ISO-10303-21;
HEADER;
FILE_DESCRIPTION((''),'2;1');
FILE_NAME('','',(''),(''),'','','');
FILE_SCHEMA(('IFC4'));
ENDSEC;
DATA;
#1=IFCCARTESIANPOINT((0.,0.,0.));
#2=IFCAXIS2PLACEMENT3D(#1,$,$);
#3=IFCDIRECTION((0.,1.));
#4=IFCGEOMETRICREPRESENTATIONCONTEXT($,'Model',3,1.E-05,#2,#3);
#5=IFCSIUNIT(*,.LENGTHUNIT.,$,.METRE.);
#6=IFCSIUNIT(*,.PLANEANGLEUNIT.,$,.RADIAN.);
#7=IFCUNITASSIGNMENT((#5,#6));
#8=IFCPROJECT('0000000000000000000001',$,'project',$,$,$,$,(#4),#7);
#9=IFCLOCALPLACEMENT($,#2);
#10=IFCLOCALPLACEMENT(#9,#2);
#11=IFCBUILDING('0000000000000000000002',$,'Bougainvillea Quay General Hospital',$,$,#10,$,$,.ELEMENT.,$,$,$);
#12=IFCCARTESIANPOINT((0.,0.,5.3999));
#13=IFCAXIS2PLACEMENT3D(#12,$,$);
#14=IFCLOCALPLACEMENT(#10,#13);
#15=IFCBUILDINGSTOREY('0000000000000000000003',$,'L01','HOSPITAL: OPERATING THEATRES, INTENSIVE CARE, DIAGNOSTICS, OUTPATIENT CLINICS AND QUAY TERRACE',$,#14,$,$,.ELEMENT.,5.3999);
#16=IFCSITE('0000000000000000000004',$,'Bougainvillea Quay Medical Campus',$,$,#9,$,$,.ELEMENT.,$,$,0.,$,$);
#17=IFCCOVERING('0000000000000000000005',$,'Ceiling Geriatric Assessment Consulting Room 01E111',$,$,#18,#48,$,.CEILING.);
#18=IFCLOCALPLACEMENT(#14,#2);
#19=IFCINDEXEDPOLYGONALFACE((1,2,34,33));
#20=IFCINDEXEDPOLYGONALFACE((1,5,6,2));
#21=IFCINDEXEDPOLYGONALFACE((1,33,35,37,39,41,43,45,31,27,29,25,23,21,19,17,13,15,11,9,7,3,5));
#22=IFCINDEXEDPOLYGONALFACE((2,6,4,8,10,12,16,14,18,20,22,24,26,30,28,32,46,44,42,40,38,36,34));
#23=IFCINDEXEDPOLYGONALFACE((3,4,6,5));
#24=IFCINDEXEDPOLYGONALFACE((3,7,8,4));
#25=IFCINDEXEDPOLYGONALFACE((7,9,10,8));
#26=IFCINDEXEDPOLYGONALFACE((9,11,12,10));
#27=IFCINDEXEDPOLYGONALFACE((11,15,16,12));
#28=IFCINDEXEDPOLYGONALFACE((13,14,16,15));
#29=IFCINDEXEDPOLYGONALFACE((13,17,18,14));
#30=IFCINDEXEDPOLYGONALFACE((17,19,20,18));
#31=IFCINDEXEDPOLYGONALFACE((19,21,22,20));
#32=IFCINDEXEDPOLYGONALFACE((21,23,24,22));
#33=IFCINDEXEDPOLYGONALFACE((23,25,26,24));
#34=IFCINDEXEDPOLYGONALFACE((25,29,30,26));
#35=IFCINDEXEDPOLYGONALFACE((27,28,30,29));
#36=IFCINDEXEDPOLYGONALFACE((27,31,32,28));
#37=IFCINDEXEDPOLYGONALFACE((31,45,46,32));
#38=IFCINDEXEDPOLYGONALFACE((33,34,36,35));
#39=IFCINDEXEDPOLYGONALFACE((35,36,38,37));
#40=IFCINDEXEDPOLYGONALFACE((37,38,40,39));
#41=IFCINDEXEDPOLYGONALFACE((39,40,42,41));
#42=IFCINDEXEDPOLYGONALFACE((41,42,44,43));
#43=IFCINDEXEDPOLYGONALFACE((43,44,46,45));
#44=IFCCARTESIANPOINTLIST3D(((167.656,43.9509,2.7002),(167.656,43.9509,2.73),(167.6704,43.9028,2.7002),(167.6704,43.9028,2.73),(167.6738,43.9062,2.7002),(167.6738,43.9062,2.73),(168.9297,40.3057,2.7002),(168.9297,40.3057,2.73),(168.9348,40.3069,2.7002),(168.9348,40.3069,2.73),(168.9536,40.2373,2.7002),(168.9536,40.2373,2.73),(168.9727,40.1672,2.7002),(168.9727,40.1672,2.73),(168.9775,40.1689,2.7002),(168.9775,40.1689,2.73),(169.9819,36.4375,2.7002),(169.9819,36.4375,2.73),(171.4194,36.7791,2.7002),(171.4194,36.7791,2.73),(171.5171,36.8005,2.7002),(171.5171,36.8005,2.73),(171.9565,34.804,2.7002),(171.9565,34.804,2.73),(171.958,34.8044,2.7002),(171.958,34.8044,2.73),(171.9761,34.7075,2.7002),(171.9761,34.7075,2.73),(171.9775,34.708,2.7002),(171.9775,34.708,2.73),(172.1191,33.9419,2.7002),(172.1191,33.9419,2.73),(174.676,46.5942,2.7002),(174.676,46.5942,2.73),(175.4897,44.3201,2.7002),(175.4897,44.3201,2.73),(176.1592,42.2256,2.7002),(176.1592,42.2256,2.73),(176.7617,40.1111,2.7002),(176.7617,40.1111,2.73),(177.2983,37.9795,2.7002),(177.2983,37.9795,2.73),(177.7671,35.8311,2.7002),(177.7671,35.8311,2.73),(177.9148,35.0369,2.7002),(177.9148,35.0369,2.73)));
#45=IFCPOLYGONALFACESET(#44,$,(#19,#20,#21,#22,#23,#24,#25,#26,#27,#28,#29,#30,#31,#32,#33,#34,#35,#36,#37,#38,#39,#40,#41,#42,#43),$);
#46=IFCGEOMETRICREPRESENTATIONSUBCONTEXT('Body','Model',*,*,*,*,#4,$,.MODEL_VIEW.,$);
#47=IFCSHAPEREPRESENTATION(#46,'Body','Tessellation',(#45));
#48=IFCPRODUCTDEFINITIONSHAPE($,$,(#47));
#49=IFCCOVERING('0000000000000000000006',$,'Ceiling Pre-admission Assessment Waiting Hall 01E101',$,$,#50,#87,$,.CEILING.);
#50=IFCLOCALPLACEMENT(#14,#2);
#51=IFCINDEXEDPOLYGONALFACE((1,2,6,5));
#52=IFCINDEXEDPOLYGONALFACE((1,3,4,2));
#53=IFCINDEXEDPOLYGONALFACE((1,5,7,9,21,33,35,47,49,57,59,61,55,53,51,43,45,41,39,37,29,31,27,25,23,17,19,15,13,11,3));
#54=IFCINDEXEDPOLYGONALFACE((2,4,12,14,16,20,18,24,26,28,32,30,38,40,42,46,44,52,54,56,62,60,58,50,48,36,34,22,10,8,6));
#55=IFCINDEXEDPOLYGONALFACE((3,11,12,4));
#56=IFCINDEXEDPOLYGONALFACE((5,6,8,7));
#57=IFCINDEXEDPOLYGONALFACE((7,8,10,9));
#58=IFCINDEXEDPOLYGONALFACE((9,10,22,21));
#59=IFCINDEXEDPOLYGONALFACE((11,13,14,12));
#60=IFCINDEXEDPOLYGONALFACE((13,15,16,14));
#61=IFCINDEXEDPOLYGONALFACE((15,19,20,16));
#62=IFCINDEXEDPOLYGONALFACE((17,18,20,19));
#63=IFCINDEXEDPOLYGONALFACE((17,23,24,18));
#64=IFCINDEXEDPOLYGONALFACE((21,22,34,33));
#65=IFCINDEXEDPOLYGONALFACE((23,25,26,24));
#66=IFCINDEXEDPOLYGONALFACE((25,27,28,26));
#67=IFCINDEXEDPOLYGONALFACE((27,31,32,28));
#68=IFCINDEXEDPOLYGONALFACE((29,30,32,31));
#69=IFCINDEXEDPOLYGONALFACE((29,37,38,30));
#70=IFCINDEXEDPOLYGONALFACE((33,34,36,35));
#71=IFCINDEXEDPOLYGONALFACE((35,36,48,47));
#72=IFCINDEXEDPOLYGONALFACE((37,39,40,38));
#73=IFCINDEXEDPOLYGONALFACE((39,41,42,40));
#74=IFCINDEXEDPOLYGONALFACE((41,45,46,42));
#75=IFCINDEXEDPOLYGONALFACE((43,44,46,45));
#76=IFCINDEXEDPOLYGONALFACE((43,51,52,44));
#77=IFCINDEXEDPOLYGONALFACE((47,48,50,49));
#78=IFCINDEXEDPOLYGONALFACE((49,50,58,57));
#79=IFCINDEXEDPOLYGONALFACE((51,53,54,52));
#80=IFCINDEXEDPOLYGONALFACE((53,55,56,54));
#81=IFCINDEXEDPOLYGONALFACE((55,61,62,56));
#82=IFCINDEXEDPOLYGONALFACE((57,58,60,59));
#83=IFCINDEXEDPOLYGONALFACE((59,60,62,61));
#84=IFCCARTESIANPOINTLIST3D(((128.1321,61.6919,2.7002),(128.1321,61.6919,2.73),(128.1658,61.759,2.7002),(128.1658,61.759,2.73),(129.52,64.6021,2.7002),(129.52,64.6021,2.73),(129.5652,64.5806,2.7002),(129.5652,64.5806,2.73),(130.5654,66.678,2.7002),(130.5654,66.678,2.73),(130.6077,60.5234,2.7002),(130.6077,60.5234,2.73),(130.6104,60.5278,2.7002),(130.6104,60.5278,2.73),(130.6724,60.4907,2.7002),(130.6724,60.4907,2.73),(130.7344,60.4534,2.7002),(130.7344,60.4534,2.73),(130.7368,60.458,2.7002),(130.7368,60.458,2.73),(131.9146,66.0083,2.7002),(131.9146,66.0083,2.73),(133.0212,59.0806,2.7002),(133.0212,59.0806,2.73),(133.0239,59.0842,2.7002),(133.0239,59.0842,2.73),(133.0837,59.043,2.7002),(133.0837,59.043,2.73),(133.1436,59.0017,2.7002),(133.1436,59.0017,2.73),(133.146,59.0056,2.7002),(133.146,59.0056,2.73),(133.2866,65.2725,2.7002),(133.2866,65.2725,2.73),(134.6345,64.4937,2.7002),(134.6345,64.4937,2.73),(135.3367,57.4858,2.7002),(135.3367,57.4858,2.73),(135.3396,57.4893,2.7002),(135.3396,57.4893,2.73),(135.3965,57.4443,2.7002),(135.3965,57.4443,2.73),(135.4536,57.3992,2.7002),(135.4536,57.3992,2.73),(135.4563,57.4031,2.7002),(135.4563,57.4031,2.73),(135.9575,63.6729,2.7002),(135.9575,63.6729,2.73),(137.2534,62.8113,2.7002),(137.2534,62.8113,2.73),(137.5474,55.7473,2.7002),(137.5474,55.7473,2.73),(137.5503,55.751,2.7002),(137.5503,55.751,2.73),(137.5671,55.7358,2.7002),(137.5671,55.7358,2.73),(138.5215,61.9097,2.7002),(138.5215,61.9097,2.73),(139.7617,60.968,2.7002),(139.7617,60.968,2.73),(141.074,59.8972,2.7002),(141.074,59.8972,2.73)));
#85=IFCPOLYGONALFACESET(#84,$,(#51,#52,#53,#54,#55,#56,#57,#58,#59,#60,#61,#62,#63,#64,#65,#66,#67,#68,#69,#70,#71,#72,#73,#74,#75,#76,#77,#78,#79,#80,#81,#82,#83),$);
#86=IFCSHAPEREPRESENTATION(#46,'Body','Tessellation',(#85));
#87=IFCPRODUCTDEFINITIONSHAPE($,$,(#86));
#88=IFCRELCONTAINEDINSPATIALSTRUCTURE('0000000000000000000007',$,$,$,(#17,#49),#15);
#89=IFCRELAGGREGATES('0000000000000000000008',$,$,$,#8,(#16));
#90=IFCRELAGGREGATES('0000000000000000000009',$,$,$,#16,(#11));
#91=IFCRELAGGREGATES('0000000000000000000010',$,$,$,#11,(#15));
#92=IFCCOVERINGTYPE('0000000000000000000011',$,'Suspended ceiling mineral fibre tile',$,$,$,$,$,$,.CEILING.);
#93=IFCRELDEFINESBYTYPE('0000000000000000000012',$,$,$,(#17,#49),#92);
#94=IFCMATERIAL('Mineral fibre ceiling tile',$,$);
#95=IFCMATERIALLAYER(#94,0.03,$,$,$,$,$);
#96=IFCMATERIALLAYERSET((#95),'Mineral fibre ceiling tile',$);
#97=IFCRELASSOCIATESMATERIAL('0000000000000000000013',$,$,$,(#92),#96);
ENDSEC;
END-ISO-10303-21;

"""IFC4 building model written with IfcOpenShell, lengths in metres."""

from ifc_helpers import new_model, si_unit, direction, frame, origin, place, context, subcontext, project, spatial, polyline, outline, extrude, material, layer, layer_set, type_object, element, save


model = new_model("IFC4")

# Units and contexts
model_context = context("Model", 3, precision=1e-05, world=origin(), true_north=direction((0.0, 1.0)))
body_context = subcontext(model_context, "Body", "Model", "MODEL_VIEW")
ifc_project = project(units=[si_unit("LENGTHUNIT", "METRE"), si_unit("PLANEANGLEUNIT", "RADIAN")], contexts=[model_context])

# Site, building, storey
site_placement = place(None, origin())
site = spatial("IfcSite", under=ifc_project, at=site_placement, Name="Bougainvillea Quay Medical Campus", CompositionType="ELEMENT", RefElevation=0.0)
building_placement = place(site_placement, origin())
building = spatial("IfcBuilding", under=site, at=building_placement, Name="Bougainvillea Quay General Hospital", CompositionType="ELEMENT")
storey_placement = place(building_placement, frame((0.0, 0.0, 5.3999)))
storey = spatial("IfcBuildingStorey", under=building, at=storey_placement, Name="L01", Description="HOSPITAL: OPERATING THEATRES, INTENSIVE CARE, DIAGNOSTICS, OUTPATIENT CLINICS AND QUAY TERRACE", CompositionType="ELEMENT", Elevation=5.3999)

# Coverings
ifc_material = material(Name="Mineral fibre ceiling tile")
ifc_layer = layer(ifc_material, 0.03)
ifc_layer_set = layer_set([ifc_layer], Name="Mineral fibre ceiling tile")
covering_type = type_object("IfcCoveringType", Name="Suspended ceiling mineral fibre tile", PredefinedType="CEILING", material=ifc_layer_set)
covering_1_placement = place(storey_placement, frame((0.0, 0.0, 2.7002)))
element("IfcCovering", 1, at=covering_1_placement, inside=storey, type_object=covering_type, Name="Ceiling Geriatric Assessment Consulting Room 01E111", PredefinedType="CEILING", context=body_context, shape_type="SweptSolid", body=[
    extrude(outline(polyline([(168.9727, 40.1672), (169.9819, 36.4375), (171.4194, 36.7791), (171.5171, 36.8005), (171.9565, 34.804), (171.958, 34.8044), (171.9775, 34.708), (171.9761, 34.7075), (172.1191, 33.9419), (177.9148, 35.0369), (177.7671, 35.8311), (177.2983, 37.9795), (176.7617, 40.1111), (176.1592, 42.2256), (175.4897, 44.3201), (174.676, 46.5942), (167.656, 43.9509), (167.6738, 43.9062), (167.6704, 43.9028), (168.9297, 40.3057), (168.9348, 40.3069), (168.9536, 40.2373), (168.9775, 40.1689), (168.9727, 40.1672)])), origin(), (0.0, 0.0, 1.0), 0.0298),
])
covering_2_placement = place(storey_placement, frame((0.0, 0.0, 2.7002)))
element("IfcCovering", 2, at=covering_2_placement, inside=storey, type_object=covering_type, Name="Ceiling Pre-admission Assessment Waiting Hall 01E101", PredefinedType="CEILING", context=body_context, shape_type="SweptSolid", body=[
    extrude(outline(polyline([(128.1321, 61.6919), (128.1658, 61.759), (130.6077, 60.5234), (130.6104, 60.5278), (130.6724, 60.4907), (130.7368, 60.458), (130.7344, 60.4534), (133.0212, 59.0806), (133.0239, 59.0842), (133.0837, 59.043), (133.146, 59.0056), (133.1436, 59.0017), (135.3367, 57.4858), (135.3396, 57.4893), (135.3965, 57.4443), (135.4563, 57.4031), (135.4536, 57.3992), (137.5474, 55.7473), (137.5503, 55.751), (137.5671, 55.7358), (141.074, 59.8972), (139.7617, 60.968), (138.5215, 61.9097), (137.2534, 62.8113), (135.9575, 63.6729), (134.6345, 64.4937), (133.2866, 65.2725), (131.9146, 66.0083), (130.5654, 66.678), (129.5652, 64.5806), (129.52, 64.6021), (128.1321, 61.6919)])), origin(), (0.0, 0.0, 1.0), 0.0298),
])

save(model, "model.ifc")
